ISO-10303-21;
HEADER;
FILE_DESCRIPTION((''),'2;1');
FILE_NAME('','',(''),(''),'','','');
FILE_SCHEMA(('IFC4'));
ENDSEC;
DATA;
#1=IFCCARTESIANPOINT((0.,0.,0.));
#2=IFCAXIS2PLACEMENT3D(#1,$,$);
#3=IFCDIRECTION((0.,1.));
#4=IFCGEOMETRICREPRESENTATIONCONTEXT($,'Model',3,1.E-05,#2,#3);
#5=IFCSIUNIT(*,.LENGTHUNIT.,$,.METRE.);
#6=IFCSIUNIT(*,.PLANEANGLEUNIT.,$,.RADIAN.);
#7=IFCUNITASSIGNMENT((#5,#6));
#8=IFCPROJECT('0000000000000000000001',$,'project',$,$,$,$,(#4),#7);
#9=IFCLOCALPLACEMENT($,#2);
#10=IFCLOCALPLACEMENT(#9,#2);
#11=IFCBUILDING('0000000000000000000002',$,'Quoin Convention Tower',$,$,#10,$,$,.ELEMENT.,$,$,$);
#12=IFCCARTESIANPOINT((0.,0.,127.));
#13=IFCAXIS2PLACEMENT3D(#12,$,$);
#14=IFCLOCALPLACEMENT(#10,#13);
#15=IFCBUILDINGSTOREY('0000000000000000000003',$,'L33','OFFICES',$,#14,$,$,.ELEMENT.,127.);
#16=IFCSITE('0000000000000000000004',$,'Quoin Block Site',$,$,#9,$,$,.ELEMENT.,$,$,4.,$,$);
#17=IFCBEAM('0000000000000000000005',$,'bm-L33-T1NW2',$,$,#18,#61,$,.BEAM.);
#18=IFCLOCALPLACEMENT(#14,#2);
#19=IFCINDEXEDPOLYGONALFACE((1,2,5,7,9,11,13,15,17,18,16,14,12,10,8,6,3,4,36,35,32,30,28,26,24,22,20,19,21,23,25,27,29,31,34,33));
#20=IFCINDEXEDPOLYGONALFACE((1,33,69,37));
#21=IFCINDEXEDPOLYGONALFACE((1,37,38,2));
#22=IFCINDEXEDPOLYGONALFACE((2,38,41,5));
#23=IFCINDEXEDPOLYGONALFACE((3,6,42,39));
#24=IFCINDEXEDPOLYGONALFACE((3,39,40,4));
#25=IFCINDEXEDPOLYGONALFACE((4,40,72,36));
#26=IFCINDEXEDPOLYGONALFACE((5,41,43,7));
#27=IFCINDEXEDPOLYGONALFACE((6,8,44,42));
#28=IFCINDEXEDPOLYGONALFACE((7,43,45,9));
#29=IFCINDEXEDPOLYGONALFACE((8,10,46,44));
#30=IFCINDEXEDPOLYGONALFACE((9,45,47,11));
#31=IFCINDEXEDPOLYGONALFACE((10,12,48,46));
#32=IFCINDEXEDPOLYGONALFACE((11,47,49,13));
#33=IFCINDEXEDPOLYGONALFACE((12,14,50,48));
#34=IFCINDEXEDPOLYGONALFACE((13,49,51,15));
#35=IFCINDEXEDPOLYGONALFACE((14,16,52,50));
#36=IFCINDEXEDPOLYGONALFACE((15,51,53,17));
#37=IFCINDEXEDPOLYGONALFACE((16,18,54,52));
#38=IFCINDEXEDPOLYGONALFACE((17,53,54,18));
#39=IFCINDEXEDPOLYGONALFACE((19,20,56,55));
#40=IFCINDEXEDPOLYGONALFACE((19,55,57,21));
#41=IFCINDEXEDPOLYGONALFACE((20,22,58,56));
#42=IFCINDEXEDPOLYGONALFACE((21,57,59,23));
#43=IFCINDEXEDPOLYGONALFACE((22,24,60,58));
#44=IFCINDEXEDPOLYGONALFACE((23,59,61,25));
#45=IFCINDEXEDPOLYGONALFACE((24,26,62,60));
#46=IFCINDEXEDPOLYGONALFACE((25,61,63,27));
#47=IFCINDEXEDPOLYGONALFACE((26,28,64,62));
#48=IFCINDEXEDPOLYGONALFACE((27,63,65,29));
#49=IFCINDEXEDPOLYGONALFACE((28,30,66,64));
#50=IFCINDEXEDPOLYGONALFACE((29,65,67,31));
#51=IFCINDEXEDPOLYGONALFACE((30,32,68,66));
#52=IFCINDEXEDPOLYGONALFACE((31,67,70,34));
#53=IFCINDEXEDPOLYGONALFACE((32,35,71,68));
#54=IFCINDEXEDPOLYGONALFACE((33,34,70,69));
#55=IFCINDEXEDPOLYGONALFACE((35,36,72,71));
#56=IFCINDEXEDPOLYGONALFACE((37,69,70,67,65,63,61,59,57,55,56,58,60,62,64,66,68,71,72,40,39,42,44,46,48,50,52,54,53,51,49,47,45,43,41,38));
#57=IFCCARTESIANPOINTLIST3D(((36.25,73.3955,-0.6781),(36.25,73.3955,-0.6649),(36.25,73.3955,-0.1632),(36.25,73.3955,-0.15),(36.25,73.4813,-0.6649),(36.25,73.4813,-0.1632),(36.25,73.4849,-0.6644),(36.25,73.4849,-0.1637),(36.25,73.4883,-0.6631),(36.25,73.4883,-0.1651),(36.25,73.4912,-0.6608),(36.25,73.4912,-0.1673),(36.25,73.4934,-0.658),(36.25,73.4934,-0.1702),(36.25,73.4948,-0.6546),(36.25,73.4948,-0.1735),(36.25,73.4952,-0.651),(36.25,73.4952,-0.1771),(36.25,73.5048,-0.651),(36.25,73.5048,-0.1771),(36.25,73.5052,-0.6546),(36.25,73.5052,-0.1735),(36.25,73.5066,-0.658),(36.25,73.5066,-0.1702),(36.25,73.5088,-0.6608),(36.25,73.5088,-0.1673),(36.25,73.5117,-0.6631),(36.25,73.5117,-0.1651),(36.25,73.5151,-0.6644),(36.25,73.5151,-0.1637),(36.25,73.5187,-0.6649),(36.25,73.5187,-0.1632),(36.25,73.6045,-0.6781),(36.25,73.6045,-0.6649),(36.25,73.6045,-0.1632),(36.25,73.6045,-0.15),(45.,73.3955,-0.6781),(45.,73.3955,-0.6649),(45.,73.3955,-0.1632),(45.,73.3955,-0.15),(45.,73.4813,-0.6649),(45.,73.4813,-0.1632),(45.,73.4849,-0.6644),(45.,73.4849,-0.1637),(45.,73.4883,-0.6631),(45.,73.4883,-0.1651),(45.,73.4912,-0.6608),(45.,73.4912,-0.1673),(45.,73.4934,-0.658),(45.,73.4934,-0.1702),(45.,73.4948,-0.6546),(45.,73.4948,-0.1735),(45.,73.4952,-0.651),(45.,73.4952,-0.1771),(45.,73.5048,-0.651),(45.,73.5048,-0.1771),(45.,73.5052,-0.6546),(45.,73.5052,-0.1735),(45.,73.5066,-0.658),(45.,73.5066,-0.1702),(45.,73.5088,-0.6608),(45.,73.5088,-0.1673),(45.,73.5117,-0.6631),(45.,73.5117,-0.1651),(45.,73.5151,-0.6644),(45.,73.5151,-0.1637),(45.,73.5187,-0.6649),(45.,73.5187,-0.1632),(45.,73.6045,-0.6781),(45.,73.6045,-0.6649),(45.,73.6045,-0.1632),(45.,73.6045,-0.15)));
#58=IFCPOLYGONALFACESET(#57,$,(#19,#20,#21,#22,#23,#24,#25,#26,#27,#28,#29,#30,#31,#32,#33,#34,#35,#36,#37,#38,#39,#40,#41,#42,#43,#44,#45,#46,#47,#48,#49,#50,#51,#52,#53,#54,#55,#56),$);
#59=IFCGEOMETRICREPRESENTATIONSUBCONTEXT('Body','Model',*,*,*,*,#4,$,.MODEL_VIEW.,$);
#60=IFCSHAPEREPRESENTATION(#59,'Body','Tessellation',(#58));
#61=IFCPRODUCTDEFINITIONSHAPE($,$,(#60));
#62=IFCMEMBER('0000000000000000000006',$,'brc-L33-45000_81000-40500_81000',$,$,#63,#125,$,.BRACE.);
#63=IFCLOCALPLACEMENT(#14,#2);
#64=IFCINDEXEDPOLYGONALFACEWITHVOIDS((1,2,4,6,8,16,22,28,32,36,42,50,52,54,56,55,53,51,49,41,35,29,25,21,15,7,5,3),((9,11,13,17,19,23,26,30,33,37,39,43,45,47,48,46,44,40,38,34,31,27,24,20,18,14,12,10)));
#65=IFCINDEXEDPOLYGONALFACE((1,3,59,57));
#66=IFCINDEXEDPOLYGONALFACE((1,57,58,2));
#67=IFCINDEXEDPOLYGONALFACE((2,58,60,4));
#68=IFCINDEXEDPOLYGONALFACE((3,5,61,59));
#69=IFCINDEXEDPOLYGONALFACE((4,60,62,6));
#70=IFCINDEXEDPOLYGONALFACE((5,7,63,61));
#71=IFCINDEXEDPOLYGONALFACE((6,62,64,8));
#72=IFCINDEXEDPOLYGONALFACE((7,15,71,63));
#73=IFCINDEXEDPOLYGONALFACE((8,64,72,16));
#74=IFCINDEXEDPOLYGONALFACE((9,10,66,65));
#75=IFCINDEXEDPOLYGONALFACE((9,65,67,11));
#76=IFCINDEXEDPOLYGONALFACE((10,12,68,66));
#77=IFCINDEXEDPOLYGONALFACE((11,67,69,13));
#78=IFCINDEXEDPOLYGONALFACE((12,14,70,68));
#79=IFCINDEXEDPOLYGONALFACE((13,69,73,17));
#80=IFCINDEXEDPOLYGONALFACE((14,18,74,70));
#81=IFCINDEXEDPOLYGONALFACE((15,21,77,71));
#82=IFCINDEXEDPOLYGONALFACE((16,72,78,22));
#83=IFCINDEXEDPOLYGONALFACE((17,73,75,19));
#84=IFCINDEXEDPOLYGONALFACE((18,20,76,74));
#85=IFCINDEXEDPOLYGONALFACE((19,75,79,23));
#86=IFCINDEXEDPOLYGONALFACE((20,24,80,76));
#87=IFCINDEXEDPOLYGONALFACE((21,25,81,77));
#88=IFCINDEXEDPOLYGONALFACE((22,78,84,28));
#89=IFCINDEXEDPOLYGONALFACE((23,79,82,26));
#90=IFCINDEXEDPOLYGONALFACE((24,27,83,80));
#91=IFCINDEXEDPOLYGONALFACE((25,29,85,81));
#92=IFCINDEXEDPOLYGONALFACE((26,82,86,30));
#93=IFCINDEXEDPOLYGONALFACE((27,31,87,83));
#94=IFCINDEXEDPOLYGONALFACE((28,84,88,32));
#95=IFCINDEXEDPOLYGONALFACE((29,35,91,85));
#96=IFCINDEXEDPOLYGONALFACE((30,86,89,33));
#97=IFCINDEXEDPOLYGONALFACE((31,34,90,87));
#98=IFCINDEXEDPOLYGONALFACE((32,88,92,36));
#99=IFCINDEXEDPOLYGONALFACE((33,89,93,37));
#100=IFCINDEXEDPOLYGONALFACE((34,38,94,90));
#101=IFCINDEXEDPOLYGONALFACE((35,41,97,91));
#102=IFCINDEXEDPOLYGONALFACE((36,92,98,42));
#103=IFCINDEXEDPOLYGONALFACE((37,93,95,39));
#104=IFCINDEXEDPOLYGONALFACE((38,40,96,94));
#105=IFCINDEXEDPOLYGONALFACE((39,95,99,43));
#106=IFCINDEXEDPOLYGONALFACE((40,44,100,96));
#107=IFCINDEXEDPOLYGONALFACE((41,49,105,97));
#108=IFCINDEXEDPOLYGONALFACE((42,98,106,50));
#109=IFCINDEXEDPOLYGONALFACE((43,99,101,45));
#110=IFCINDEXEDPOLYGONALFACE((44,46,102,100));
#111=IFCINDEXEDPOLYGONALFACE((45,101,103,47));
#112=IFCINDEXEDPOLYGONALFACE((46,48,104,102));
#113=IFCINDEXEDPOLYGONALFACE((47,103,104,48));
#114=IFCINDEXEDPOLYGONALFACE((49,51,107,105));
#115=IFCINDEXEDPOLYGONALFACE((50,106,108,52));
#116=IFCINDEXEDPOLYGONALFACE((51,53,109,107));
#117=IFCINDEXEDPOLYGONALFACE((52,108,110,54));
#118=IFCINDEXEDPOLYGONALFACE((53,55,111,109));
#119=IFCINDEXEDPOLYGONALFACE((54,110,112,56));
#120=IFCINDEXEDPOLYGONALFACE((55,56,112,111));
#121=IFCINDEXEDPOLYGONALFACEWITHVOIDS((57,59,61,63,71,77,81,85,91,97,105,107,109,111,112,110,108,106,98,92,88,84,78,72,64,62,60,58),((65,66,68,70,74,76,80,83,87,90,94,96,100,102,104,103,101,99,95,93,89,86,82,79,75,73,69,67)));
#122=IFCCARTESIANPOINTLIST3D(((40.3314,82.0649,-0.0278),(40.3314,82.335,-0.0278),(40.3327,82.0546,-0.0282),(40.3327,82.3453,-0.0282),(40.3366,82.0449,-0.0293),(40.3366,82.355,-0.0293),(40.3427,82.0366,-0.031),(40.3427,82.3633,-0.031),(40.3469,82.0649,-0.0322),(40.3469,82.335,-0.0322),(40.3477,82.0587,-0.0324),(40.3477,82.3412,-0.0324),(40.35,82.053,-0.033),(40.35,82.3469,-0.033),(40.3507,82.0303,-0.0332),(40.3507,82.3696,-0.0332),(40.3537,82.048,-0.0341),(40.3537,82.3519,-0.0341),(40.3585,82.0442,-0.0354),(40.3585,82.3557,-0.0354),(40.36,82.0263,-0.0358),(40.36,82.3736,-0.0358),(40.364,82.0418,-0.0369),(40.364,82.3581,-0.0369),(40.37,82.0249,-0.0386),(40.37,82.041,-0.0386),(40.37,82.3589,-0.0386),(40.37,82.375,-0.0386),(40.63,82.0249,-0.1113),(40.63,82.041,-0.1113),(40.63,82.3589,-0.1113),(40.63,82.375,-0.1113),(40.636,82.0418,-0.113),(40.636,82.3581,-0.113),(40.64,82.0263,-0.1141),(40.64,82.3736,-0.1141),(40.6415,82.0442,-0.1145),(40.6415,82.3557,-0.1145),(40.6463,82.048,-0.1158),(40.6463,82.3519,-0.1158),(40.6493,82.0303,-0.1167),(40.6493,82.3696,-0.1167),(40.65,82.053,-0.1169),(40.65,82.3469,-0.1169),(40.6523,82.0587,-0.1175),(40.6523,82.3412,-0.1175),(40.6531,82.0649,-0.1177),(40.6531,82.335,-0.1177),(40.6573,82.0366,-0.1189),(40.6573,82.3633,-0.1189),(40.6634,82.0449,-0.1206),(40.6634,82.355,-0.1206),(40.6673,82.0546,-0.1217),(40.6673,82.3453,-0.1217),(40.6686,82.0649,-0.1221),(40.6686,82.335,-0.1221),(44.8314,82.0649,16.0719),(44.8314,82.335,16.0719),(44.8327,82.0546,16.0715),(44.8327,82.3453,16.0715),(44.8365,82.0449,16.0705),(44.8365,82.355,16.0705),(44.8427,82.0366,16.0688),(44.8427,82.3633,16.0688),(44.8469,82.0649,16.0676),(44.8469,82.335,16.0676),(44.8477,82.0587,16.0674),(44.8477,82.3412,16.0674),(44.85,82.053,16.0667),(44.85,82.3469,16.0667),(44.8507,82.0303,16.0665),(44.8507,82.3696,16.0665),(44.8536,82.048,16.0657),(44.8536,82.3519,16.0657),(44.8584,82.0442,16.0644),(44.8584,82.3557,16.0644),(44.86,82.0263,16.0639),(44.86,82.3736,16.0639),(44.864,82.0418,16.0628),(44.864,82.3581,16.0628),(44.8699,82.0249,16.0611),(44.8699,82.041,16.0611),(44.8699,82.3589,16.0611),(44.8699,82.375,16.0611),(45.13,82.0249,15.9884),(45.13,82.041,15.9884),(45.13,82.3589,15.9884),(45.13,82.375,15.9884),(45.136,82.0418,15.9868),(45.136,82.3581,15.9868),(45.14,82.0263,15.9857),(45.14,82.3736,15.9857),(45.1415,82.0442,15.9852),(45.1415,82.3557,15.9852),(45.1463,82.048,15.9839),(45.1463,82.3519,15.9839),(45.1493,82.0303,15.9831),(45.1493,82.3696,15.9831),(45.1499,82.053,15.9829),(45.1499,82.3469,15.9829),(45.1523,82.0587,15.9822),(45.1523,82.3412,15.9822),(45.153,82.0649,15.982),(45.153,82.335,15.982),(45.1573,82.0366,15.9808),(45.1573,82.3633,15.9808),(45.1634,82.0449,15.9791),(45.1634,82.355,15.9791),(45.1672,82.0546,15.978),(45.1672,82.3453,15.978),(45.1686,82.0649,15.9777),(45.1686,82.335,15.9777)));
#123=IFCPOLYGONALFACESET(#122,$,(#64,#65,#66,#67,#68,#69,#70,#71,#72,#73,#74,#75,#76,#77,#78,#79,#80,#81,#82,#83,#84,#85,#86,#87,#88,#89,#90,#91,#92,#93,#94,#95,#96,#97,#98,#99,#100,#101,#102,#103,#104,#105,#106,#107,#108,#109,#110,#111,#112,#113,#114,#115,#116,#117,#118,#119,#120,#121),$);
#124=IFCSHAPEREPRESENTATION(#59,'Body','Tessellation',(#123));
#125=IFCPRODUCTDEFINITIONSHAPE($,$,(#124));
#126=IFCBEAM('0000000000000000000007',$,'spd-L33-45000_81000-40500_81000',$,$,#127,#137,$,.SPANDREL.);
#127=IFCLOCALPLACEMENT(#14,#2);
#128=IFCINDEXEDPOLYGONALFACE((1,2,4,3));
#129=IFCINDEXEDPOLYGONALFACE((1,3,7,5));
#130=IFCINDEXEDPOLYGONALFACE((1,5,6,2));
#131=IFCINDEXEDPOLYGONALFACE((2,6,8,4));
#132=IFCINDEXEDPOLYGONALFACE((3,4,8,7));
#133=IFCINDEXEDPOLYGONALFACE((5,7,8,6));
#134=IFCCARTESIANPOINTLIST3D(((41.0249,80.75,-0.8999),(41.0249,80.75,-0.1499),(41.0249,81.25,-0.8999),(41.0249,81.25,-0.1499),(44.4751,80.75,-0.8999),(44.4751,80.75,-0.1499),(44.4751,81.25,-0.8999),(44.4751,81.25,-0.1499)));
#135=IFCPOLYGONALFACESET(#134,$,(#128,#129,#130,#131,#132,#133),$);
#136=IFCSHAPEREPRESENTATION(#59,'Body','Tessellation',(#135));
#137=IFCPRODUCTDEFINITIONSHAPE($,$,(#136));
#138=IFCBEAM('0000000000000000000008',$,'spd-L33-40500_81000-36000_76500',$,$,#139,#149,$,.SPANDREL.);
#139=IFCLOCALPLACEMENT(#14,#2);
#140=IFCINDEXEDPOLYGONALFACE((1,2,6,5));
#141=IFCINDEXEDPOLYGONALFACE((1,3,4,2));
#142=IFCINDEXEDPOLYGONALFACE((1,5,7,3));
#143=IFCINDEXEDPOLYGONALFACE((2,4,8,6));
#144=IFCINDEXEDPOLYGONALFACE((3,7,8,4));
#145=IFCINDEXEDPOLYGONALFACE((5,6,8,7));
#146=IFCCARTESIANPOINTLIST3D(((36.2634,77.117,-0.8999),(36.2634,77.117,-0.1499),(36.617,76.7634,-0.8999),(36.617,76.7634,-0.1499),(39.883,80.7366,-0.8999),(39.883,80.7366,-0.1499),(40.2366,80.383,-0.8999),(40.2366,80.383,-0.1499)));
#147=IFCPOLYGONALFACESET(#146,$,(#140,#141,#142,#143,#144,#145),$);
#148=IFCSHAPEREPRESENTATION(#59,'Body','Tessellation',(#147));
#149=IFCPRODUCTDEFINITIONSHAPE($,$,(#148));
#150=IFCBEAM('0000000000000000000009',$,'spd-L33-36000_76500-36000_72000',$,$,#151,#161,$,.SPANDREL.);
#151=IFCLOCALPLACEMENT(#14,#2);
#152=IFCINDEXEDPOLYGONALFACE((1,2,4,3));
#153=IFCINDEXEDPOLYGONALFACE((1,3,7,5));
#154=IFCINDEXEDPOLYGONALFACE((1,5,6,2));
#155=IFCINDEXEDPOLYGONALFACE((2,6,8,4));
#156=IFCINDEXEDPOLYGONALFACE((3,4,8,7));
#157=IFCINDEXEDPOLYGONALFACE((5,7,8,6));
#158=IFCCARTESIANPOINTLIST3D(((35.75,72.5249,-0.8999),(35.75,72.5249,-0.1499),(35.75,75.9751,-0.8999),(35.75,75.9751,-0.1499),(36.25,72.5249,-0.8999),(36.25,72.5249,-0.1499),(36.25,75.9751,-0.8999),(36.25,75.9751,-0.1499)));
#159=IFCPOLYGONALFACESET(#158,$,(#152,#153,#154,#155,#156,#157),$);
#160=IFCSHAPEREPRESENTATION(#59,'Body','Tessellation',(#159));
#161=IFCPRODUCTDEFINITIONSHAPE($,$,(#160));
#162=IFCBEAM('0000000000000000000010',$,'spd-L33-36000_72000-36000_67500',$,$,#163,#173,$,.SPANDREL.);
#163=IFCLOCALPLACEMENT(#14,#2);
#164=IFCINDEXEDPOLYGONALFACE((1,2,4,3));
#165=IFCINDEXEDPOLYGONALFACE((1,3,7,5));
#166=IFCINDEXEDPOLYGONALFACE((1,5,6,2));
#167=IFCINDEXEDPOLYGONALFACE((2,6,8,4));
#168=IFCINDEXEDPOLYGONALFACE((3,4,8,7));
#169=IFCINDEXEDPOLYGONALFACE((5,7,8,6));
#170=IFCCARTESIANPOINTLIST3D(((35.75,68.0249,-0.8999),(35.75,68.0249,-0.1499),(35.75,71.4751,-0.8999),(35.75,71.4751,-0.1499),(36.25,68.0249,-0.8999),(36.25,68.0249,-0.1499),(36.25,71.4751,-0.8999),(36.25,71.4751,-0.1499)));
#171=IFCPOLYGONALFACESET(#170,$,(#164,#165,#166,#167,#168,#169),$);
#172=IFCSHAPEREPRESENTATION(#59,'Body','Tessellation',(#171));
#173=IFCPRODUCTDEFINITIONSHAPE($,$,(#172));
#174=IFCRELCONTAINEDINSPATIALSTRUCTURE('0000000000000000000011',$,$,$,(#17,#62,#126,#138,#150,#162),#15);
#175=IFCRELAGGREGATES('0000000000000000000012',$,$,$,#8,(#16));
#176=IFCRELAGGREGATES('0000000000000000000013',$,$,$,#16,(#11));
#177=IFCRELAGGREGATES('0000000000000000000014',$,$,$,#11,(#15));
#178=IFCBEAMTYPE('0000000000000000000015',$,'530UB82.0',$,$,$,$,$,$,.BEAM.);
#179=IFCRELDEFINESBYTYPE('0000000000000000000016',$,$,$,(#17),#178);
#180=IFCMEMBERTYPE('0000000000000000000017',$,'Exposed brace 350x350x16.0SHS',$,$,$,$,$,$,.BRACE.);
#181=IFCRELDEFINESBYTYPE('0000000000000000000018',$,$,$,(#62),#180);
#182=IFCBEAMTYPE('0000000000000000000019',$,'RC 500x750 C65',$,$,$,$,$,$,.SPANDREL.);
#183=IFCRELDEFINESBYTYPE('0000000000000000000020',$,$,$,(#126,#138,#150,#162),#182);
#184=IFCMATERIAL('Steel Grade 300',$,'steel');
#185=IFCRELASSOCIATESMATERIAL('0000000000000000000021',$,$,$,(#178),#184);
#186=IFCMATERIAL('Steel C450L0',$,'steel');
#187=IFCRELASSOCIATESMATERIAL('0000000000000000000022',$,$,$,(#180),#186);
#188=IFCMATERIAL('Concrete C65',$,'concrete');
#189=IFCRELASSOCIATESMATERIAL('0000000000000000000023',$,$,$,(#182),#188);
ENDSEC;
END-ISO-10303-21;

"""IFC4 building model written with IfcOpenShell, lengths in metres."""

from ifc_helpers import new_model, si_unit, direction, frame, origin, origin_2d, place, context, subcontext, project, spatial, rectangle, hollow_rectangle, i_section, extrude, material, material_profile, profile_set, type_object, element, save


model = new_model("IFC4")

# Units and contexts
model_context = context("Model", 3, precision=1e-05, world=origin(), true_north=direction((0.0, 1.0)))
body_context = subcontext(model_context, "Body", "Model", "MODEL_VIEW")
ifc_project = project(units=[si_unit("LENGTHUNIT", "METRE"), si_unit("PLANEANGLEUNIT", "RADIAN")], contexts=[model_context])

# Site, building, storey
site_placement = place(None, origin())
site = spatial("IfcSite", under=ifc_project, at=site_placement, Name="Quoin Block Site", CompositionType="ELEMENT", RefElevation=4.0)
building_placement = place(site_placement, origin())
building = spatial("IfcBuilding", under=site, at=building_placement, Name="Quoin Convention Tower", CompositionType="ELEMENT")
storey_placement = place(building_placement, frame((0.0, 0.0, 127.0)))
storey = spatial("IfcBuildingStorey", under=building, at=storey_placement, Name="L33", Description="OFFICES", CompositionType="ELEMENT", Elevation=127.0)

# Shared definitions
ifc_material_1 = material(Name="Concrete C65", Category="concrete")

# Beam
ifc_material_2 = material(Name="Steel Grade 300", Category="steel")
ifc_material_profile_1 = material_profile(ifc_material_2, i_section(OverallWidth=0.209, OverallDepth=0.5281, WebThickness=0.0095, FlangeThickness=0.0132, FilletRadius=0.0139, at=origin_2d()), Name="530UB82.0")
ifc_profile_set_1 = profile_set([ifc_material_profile_1], Name="Steel Grade 300")
beam_type_1 = type_object("IfcBeamType", Name="530UB82.0", PredefinedType="BEAM", material=ifc_profile_set_1)
beam_1_placement = place(storey_placement, frame((36.25, 73.5, -0.4141), z_axis=(1.0, 0.0, 0.0), x_axis=(0.0, 1.0, 0.0)))
element("IfcBeam", 1, at=beam_1_placement, inside=storey, type_object=beam_type_1, Name="bm-L33-T1NW2", PredefinedType="BEAM", context=body_context, shape_type="SweptSolid", body=[
    extrude(i_section(OverallWidth=0.209, OverallDepth=0.5281, WebThickness=0.0095, FlangeThickness=0.0132, FilletRadius=0.0139, at=origin_2d()), origin(), (0.0, 0.0, 1.0), 8.75),
])

# Member
ifc_material_3 = material(Name="Steel C450L0", Category="steel")
ifc_material_profile_2 = material_profile(ifc_material_3, hollow_rectangle(XDim=0.3501, YDim=0.3501, WallThickness=0.0161, InnerFilletRadius=0.0239, OuterFilletRadius=0.04, at=origin_2d()), Name="350x350x16.0SHS")
ifc_profile_set_2 = profile_set([ifc_material_profile_2], Name="Steel C450L0")
member_type = type_object("IfcMemberType", Name="Exposed brace 350x350x16.0SHS", PredefinedType="BRACE", material=ifc_profile_set_2)
member_placement = place(storey_placement, frame((40.5, 82.2, -0.075), z_axis=(0.269188, 0.0, 0.963088), x_axis=(0.0, 1.0, 0.0)))
element("IfcMember", 2, at=member_placement, inside=storey, type_object=member_type, Name="brc-L33-45000_81000-40500_81000", PredefinedType="BRACE", context=body_context, shape_type="SweptSolid", body=[
    extrude(hollow_rectangle(XDim=0.3501, YDim=0.3501, WallThickness=0.0161, InnerFilletRadius=0.0239, OuterFilletRadius=0.04, at=origin_2d()), origin(), (0.0, 0.0, 1.0), 16.7168),
])

# Beams
ifc_material_profile_3 = material_profile(ifc_material_1, rectangle(XDim=0.5, YDim=0.75, at=origin_2d()), Name="RC 500x750")
ifc_profile_set_3 = profile_set([ifc_material_profile_3], Name="Concrete C65")
beam_type_2 = type_object("IfcBeamType", Name="RC 500x750 C65", PredefinedType="SPANDREL", material=ifc_profile_set_3)
beam_2_placement = place(storey_placement, frame((44.4751, 81.0, -0.5249), z_axis=(-1.0, 0.0, 0.0), x_axis=(0.0, -1.0, 0.0)))
element("IfcBeam", 3, at=beam_2_placement, inside=storey, type_object=beam_type_2, Name="spd-L33-45000_81000-40500_81000", PredefinedType="SPANDREL", context=body_context, shape_type="SweptSolid", body=[
    extrude(rectangle(XDim=0.5, YDim=0.75, at=origin_2d()), origin(), (0.0, 0.0, 1.0), 3.4502),
])
beam_3_placement = place(storey_placement, frame((40.0598, 80.5598, -0.5249), z_axis=(-0.707107, -0.707107, 0.0), x_axis=(0.707107, -0.707107, 0.0)))
element("IfcBeam", 4, at=beam_3_placement, inside=storey, type_object=beam_type_2, Name="spd-L33-40500_81000-36000_76500", PredefinedType="SPANDREL", context=body_context, shape_type="SweptSolid", body=[
    extrude(rectangle(XDim=0.5, YDim=0.75, at=origin_2d()), origin(), (0.0, 0.0, 1.0), 5.1189),
])
for number, where, z_axis, x_axis, name in (
    (5, (36.0, 75.9751, -0.5249), (0.0, -1.0, 0.0), (1.0, 0.0, 0.0), "spd-L33-36000_76500-36000_72000"),
    (6, (36.0, 71.4751, -0.5249), (0.0, -1.0, 0.0), (1.0, 0.0, 0.0), "spd-L33-36000_72000-36000_67500"),
):
    element("IfcBeam", number, at=place(storey_placement, frame(where, z_axis=z_axis, x_axis=x_axis)), inside=storey, type_object=beam_type_2, Name=name, PredefinedType="SPANDREL", context=body_context, shape_type="SweptSolid", body=[
        extrude(rectangle(XDim=0.5, YDim=0.75, at=origin_2d()), origin(), (0.0, 0.0, 1.0), 3.4502),
    ])

save(model, "model.ifc")
